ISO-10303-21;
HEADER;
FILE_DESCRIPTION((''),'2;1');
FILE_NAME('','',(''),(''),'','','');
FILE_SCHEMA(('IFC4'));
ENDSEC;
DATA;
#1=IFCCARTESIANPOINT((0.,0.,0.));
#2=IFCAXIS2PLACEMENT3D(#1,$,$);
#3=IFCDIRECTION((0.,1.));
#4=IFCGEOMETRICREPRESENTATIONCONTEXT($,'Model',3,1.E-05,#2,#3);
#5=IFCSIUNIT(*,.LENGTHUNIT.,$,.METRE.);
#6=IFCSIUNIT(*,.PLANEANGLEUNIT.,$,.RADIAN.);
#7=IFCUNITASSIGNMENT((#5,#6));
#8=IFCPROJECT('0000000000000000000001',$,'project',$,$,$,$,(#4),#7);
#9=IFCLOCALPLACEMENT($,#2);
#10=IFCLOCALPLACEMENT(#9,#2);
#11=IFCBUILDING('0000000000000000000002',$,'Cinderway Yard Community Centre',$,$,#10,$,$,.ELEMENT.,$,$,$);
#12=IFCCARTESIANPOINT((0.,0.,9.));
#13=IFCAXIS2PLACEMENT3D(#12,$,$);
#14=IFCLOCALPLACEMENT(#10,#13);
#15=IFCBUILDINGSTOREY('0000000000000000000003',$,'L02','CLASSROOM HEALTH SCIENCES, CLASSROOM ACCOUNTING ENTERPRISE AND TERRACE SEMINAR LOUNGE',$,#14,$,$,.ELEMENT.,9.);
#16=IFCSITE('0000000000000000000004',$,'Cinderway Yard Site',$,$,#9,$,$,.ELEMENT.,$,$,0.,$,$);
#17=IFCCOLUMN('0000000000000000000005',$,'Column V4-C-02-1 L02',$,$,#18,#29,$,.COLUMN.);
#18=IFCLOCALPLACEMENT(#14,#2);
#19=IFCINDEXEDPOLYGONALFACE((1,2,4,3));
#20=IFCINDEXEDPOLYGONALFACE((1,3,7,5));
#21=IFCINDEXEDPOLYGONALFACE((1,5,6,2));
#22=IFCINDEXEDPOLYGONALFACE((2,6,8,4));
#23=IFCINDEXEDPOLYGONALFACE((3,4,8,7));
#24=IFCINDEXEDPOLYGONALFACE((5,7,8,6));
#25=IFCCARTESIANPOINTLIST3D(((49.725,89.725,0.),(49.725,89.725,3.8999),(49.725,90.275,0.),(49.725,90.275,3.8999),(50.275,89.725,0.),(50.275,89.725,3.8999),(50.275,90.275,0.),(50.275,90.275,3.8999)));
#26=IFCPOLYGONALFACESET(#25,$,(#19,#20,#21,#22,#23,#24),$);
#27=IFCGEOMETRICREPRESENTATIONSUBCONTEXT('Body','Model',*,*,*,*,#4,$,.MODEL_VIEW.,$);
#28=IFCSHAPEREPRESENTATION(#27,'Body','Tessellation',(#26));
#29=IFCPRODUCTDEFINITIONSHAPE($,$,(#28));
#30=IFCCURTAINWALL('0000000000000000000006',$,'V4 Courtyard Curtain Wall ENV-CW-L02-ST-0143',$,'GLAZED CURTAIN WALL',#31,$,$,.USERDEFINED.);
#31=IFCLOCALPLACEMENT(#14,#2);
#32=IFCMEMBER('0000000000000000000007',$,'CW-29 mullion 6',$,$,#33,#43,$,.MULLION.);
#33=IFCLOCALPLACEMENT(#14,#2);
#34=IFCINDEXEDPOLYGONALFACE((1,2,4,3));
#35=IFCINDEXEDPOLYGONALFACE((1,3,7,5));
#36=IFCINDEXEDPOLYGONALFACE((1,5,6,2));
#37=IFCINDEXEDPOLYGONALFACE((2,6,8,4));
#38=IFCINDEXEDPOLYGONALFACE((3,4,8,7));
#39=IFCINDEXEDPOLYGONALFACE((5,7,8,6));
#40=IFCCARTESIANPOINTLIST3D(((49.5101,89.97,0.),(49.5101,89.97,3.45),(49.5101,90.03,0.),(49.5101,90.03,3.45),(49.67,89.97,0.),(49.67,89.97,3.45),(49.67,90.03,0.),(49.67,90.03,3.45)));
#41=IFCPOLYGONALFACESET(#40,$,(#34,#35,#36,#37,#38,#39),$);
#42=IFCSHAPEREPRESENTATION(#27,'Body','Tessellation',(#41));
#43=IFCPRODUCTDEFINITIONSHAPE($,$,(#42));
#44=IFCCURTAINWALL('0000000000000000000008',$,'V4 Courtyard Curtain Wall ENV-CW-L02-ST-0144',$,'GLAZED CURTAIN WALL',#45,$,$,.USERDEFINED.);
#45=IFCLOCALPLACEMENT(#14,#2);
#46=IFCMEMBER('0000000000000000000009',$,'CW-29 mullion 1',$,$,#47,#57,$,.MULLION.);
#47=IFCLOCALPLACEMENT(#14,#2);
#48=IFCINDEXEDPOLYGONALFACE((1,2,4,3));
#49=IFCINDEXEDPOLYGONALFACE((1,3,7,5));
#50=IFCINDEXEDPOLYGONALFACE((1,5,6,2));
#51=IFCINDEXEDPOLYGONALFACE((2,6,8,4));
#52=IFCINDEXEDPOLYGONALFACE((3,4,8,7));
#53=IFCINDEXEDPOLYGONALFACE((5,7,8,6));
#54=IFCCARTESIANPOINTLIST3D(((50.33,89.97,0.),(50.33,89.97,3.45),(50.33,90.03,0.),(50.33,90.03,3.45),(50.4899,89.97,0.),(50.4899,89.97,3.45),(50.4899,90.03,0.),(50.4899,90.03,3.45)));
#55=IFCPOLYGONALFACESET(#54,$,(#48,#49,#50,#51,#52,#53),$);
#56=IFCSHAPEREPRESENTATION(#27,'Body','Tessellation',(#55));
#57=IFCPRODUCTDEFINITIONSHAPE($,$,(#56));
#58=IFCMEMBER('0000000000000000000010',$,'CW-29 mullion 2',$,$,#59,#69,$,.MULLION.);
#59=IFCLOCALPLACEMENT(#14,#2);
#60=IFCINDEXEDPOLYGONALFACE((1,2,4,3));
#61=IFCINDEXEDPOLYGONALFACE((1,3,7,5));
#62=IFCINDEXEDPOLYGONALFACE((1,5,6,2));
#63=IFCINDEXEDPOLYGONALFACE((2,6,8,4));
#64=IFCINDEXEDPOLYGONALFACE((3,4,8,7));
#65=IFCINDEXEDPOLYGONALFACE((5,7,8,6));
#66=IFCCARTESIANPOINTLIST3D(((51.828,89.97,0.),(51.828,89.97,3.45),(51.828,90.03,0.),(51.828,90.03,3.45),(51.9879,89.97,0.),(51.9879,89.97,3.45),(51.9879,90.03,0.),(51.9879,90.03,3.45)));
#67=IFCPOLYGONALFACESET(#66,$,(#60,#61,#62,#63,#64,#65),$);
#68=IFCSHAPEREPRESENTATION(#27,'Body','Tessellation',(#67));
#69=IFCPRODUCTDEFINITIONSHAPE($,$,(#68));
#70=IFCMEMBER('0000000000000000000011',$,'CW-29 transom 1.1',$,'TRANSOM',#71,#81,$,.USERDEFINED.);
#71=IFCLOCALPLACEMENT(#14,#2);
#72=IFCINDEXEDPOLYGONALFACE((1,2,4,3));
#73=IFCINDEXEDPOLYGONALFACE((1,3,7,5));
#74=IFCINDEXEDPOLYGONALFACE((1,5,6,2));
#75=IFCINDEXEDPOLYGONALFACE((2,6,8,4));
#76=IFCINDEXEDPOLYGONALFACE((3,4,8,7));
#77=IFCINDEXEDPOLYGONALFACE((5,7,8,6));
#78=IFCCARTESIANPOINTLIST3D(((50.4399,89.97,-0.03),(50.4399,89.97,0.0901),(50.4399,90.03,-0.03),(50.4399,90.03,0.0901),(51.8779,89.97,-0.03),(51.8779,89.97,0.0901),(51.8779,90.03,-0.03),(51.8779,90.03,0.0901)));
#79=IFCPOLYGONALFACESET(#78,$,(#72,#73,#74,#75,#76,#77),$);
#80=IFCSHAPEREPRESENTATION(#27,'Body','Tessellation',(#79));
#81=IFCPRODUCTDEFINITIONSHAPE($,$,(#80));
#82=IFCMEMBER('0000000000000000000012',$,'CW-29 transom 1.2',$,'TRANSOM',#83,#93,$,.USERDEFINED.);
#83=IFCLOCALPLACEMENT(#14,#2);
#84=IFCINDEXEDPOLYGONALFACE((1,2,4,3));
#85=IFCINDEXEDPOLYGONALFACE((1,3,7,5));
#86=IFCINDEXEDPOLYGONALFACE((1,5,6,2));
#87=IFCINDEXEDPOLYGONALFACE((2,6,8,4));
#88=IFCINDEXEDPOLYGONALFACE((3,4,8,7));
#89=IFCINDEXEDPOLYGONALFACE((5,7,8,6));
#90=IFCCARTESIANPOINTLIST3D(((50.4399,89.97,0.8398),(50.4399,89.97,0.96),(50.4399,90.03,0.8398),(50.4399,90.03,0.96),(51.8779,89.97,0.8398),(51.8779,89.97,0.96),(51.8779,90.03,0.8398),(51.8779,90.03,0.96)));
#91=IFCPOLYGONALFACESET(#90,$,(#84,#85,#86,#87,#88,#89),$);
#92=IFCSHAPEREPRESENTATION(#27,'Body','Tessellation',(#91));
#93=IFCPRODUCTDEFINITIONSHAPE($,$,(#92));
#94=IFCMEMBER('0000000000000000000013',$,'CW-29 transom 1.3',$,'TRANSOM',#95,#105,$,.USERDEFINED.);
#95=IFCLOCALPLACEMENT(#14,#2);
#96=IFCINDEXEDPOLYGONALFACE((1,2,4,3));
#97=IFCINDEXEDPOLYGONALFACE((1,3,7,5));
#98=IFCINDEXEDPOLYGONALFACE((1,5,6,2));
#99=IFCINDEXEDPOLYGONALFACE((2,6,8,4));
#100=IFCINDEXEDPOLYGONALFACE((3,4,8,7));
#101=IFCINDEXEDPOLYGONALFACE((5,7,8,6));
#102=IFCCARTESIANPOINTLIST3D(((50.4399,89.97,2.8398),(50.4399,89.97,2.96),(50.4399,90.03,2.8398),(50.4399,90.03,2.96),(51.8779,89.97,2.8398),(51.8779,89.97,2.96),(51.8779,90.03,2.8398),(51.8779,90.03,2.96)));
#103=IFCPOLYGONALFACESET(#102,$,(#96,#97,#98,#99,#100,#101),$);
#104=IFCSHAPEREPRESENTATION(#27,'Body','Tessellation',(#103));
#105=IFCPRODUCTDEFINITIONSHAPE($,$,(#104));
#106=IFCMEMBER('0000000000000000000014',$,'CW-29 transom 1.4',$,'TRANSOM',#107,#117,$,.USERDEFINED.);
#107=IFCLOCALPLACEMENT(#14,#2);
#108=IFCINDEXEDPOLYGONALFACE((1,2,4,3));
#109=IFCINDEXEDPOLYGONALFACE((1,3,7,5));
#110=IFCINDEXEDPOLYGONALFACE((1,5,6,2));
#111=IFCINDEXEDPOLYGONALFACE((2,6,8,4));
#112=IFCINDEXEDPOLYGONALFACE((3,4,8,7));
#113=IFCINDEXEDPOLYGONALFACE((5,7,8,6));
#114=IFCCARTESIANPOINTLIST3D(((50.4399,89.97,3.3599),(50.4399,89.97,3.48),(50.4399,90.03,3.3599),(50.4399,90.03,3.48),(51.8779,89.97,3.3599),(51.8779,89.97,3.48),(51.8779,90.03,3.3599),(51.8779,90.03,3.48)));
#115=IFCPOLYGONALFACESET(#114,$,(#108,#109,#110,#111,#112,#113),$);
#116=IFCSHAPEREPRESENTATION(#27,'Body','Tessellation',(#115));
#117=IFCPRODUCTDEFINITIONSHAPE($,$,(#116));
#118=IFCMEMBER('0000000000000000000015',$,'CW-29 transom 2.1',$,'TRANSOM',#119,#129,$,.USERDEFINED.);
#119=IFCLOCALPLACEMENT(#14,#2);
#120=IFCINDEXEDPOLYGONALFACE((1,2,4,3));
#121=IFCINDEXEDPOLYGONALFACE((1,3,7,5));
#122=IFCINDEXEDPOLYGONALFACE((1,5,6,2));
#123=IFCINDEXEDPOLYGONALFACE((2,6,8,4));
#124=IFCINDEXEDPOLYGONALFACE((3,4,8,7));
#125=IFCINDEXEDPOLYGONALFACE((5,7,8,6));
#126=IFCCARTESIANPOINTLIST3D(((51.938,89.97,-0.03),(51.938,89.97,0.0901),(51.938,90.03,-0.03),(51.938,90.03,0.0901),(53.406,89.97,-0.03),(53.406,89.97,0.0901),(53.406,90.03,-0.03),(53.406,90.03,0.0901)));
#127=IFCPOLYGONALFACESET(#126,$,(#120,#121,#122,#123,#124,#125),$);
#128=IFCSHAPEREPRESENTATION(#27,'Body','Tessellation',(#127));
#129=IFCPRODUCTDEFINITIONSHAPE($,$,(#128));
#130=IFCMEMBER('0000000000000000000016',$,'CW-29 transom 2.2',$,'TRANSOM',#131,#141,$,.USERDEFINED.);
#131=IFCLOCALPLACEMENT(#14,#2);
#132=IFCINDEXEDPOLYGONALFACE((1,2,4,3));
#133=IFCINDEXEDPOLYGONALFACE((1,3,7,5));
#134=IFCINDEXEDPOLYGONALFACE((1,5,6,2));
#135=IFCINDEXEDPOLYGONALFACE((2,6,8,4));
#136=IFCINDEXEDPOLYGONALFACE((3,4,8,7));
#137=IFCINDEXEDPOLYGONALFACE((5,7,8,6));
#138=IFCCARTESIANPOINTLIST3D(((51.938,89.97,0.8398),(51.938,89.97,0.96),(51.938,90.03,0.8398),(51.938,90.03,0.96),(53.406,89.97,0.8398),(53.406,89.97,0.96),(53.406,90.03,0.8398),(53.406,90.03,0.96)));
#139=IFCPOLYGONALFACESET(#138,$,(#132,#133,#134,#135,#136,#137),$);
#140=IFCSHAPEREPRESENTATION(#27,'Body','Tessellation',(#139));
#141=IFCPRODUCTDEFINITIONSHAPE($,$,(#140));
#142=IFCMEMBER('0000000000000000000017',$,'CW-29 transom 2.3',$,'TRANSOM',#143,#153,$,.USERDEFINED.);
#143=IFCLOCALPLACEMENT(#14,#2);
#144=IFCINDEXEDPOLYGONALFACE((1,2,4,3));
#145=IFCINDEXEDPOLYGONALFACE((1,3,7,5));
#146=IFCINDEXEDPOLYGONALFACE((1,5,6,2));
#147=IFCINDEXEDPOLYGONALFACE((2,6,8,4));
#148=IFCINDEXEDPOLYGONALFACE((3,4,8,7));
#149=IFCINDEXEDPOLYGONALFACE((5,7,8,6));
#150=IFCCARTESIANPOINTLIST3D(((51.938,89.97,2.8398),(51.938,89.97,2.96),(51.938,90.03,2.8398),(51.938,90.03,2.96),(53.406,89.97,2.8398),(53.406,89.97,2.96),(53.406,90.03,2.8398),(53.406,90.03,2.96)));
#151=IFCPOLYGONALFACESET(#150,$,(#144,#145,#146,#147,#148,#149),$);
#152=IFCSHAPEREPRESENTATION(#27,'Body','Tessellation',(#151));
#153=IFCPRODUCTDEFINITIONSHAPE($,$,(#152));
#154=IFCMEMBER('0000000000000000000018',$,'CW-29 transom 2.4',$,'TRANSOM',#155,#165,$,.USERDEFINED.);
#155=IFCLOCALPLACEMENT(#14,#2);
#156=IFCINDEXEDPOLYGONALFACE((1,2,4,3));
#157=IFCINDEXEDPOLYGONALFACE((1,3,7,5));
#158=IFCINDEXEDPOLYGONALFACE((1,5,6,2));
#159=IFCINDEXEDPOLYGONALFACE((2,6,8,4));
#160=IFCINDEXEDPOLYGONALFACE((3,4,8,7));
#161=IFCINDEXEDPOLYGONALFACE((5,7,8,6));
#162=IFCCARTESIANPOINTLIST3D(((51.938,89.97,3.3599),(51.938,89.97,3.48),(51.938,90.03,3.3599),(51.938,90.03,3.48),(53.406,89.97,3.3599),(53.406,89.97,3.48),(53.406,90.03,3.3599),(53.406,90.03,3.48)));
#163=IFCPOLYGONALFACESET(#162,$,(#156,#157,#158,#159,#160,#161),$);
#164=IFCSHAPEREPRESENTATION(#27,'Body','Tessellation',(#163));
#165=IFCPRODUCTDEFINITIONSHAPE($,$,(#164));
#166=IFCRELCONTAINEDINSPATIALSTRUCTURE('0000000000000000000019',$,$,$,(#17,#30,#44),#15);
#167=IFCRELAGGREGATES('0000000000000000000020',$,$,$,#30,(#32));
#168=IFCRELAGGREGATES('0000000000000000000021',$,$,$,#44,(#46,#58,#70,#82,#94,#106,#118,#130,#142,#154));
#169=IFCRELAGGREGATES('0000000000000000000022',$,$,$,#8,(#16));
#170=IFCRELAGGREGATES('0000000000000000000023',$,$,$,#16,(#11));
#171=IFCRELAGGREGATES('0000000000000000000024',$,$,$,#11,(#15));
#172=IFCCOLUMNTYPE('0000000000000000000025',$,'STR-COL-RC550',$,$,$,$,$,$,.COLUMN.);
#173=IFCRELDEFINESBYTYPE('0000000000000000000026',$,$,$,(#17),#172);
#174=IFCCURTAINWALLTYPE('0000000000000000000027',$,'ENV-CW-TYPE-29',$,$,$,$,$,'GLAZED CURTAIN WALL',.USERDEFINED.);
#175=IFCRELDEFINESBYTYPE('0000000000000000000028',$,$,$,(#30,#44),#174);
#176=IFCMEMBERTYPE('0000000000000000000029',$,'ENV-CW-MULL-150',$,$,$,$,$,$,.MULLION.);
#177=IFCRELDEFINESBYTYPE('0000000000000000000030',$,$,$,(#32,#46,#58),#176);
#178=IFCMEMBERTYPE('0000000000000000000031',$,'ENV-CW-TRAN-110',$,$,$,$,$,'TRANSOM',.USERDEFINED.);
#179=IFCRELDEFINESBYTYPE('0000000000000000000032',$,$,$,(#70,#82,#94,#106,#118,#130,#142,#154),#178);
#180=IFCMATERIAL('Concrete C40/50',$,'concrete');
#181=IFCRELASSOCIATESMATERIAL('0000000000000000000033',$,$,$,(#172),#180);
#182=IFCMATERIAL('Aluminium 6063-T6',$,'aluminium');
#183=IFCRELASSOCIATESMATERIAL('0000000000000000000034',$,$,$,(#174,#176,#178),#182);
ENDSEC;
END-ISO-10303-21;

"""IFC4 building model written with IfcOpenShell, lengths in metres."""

from ifc_helpers import new_model, si_unit, direction, frame, origin, origin_2d, place, context, subcontext, project, spatial, rectangle, extrude, material, material_profile, profile_set, type_object, element, aggregate, save


model = new_model("IFC4")

# Units and contexts
model_context = context("Model", 3, precision=1e-05, world=origin(), true_north=direction((0.0, 1.0)))
body_context = subcontext(model_context, "Body", "Model", "MODEL_VIEW")
ifc_project = project(units=[si_unit("LENGTHUNIT", "METRE"), si_unit("PLANEANGLEUNIT", "RADIAN")], contexts=[model_context])

# Site, building, storey
site_placement = place(None, origin())
site = spatial("IfcSite", under=ifc_project, at=site_placement, Name="Cinderway Yard Site", CompositionType="ELEMENT", RefElevation=0.0)
building_placement = place(site_placement, origin())
building = spatial("IfcBuilding", under=site, at=building_placement, Name="Cinderway Yard Community Centre", CompositionType="ELEMENT")
storey_placement = place(building_placement, frame((0.0, 0.0, 9.0)))
storey = spatial("IfcBuildingStorey", under=building, at=storey_placement, Name="L02", Description="CLASSROOM HEALTH SCIENCES, CLASSROOM ACCOUNTING ENTERPRISE AND TERRACE SEMINAR LOUNGE", CompositionType="ELEMENT", Elevation=9.0)

# Column
ifc_material_1 = material(Name="Concrete C40/50", Category="concrete")
ifc_material_profile_1 = material_profile(ifc_material_1, rectangle(XDim=0.55, YDim=0.55, at=origin_2d()), Name="Concrete C40/50")
ifc_profile_set_1 = profile_set([ifc_material_profile_1], Name="Concrete C40/50")
column_type = type_object("IfcColumnType", Name="STR-COL-RC550", PredefinedType="COLUMN", material=ifc_profile_set_1)
column_placement = place(storey_placement, frame((50.0, 90.0, 0.0), z_axis=(0.0, 0.0, 1.0), x_axis=(1.0, 0.0, 0.0)))
element("IfcColumn", 1, at=column_placement, inside=storey, type_object=column_type, Name="Column V4-C-02-1 L02", PredefinedType="COLUMN", context=body_context, shape_type="SweptSolid", body=[
    extrude(rectangle(XDim=0.55, YDim=0.55, at=origin_2d()), origin(), (0.0, 0.0, 1.0), 3.8999),
])

# Curtain wall, member
ifc_material_2 = material(Name="Aluminium 6063-T6", Category="aluminium")
curtain_wall_type = type_object("IfcCurtainWallType", Name="ENV-CW-TYPE-29", ElementType="GLAZED CURTAIN WALL", PredefinedType="USERDEFINED", material=ifc_material_2)
curtain_wall_1_placement = place(storey_placement, origin())
curtain_wall_1 = element("IfcCurtainWall", 2, at=curtain_wall_1_placement, inside=storey, type_object=curtain_wall_type, Name="V4 Courtyard Curtain Wall ENV-CW-L02-ST-0143", ObjectType="GLAZED CURTAIN WALL", PredefinedType="USERDEFINED")
ifc_material_profile_2 = material_profile(ifc_material_2, rectangle(XDim=0.0601, YDim=0.1599, at=origin_2d()), Name="Aluminium 6063-T6")
ifc_profile_set_2 = profile_set([ifc_material_profile_2], Name="Aluminium 6063-T6")
member_type_1 = type_object("IfcMemberType", Name="ENV-CW-MULL-150", PredefinedType="MULLION", material=ifc_profile_set_2)
member_1_placement = place(storey_placement, frame((49.5901, 90.0, 0.0), z_axis=(0.0, 0.0, 1.0), x_axis=(0.0, 1.0, 0.0)))
member_1 = element("IfcMember", 3, at=member_1_placement, type_object=member_type_1, Name="CW-29 mullion 6", PredefinedType="MULLION", context=body_context, shape_type="SweptSolid", body=[
    extrude(rectangle(XDim=0.0601, YDim=0.1599, at=origin_2d()), origin(), (0.0, 0.0, 1.0), 3.45),
])
aggregate(curtain_wall_1, [member_1])

# Curtain wall, members
curtain_wall_2_placement = place(storey_placement, origin())
curtain_wall_2 = element("IfcCurtainWall", 4, at=curtain_wall_2_placement, inside=storey, type_object=curtain_wall_type, Name="V4 Courtyard Curtain Wall ENV-CW-L02-ST-0144", ObjectType="GLAZED CURTAIN WALL", PredefinedType="USERDEFINED")
member_2_placement = place(storey_placement, frame((50.4099, 90.0, 0.0), z_axis=(0.0, 0.0, 1.0), x_axis=(0.0, 1.0, 0.0)))
member_2 = element("IfcMember", 5, at=member_2_placement, type_object=member_type_1, Name="CW-29 mullion 1", PredefinedType="MULLION", context=body_context, shape_type="SweptSolid", body=[
    extrude(rectangle(XDim=0.0601, YDim=0.1599, at=origin_2d()), origin(), (0.0, 0.0, 1.0), 3.45),
])
member_3_placement = place(storey_placement, frame((51.908, 90.0, 0.0), z_axis=(0.0, 0.0, 1.0), x_axis=(0.0, 1.0, 0.0)))
member_3 = element("IfcMember", 6, at=member_3_placement, type_object=member_type_1, Name="CW-29 mullion 2", PredefinedType="MULLION", context=body_context, shape_type="SweptSolid", body=[
    extrude(rectangle(XDim=0.0601, YDim=0.1599, at=origin_2d()), origin(), (0.0, 0.0, 1.0), 3.45),
])
ifc_material_profile_3 = material_profile(ifc_material_2, rectangle(XDim=0.0601, YDim=0.1201, at=origin_2d()), Name="Aluminium 6063-T6")
ifc_profile_set_3 = profile_set([ifc_material_profile_3], Name="Aluminium 6063-T6")
member_type_2 = type_object("IfcMemberType", Name="ENV-CW-TRAN-110", ElementType="TRANSOM", PredefinedType="USERDEFINED", material=ifc_profile_set_3)
member_4_placement = place(storey_placement, frame((50.4399, 90.0, 0.03), z_axis=(1.0, 0.0, 0.0), x_axis=(0.0, 1.0, 0.0)))
member_4 = element("IfcMember", 7, at=member_4_placement, type_object=member_type_2, Name="CW-29 transom 1.1", ObjectType="TRANSOM", PredefinedType="USERDEFINED", context=body_context, shape_type="SweptSolid", body=[
    extrude(rectangle(XDim=0.0601, YDim=0.1201, at=origin_2d()), origin(), (0.0, 0.0, 1.0), 1.438),
])
member_5_placement = place(storey_placement, frame((50.4399, 90.0, 0.8999), z_axis=(1.0, 0.0, 0.0), x_axis=(0.0, 1.0, 0.0)))
member_5 = element("IfcMember", 8, at=member_5_placement, type_object=member_type_2, Name="CW-29 transom 1.2", ObjectType="TRANSOM", PredefinedType="USERDEFINED", context=body_context, shape_type="SweptSolid", body=[
    extrude(rectangle(XDim=0.0601, YDim=0.1201, at=origin_2d()), origin(), (0.0, 0.0, 1.0), 1.438),
])
member_6_placement = place(storey_placement, frame((50.4399, 90.0, 2.8999), z_axis=(1.0, 0.0, 0.0), x_axis=(0.0, 1.0, 0.0)))
member_6 = element("IfcMember", 9, at=member_6_placement, type_object=member_type_2, Name="CW-29 transom 1.3", ObjectType="TRANSOM", PredefinedType="USERDEFINED", context=body_context, shape_type="SweptSolid", body=[
    extrude(rectangle(XDim=0.0601, YDim=0.1201, at=origin_2d()), origin(), (0.0, 0.0, 1.0), 1.438),
])
member_7_placement = place(storey_placement, frame((50.4399, 90.0, 3.4199), z_axis=(1.0, 0.0, 0.0), x_axis=(0.0, 1.0, 0.0)))
member_7 = element("IfcMember", 10, at=member_7_placement, type_object=member_type_2, Name="CW-29 transom 1.4", ObjectType="TRANSOM", PredefinedType="USERDEFINED", context=body_context, shape_type="SweptSolid", body=[
    extrude(rectangle(XDim=0.0601, YDim=0.1201, at=origin_2d()), origin(), (0.0, 0.0, 1.0), 1.438),
])
member_8_placement = place(storey_placement, frame((51.938, 90.0, 0.03), z_axis=(1.0, 0.0, 0.0), x_axis=(0.0, 1.0, 0.0)))
member_8 = element("IfcMember", 11, at=member_8_placement, type_object=member_type_2, Name="CW-29 transom 2.1", ObjectType="TRANSOM", PredefinedType="USERDEFINED", context=body_context, shape_type="SweptSolid", body=[
    extrude(rectangle(XDim=0.0601, YDim=0.1201, at=origin_2d()), origin(), (0.0, 0.0, 1.0), 1.468),
])
member_9_placement = place(storey_placement, frame((51.938, 90.0, 0.8999), z_axis=(1.0, 0.0, 0.0), x_axis=(0.0, 1.0, 0.0)))
member_9 = element("IfcMember", 12, at=member_9_placement, type_object=member_type_2, Name="CW-29 transom 2.2", ObjectType="TRANSOM", PredefinedType="USERDEFINED", context=body_context, shape_type="SweptSolid", body=[
    extrude(rectangle(XDim=0.0601, YDim=0.1201, at=origin_2d()), origin(), (0.0, 0.0, 1.0), 1.468),
])
member_10_placement = place(storey_placement, frame((51.938, 90.0, 2.8999), z_axis=(1.0, 0.0, 0.0), x_axis=(0.0, 1.0, 0.0)))
member_10 = element("IfcMember", 13, at=member_10_placement, type_object=member_type_2, Name="CW-29 transom 2.3", ObjectType="TRANSOM", PredefinedType="USERDEFINED", context=body_context, shape_type="SweptSolid", body=[
    extrude(rectangle(XDim=0.0601, YDim=0.1201, at=origin_2d()), origin(), (0.0, 0.0, 1.0), 1.468),
])
member_11_placement = place(storey_placement, frame((51.938, 90.0, 3.4199), z_axis=(1.0, 0.0, 0.0), x_axis=(0.0, 1.0, 0.0)))
member_11 = element("IfcMember", 14, at=member_11_placement, type_object=member_type_2, Name="CW-29 transom 2.4", ObjectType="TRANSOM", PredefinedType="USERDEFINED", context=body_context, shape_type="SweptSolid", body=[
    extrude(rectangle(XDim=0.0601, YDim=0.1201, at=origin_2d()), origin(), (0.0, 0.0, 1.0), 1.468),
])

aggregate(curtain_wall_2, [member_2, member_3, member_4, member_5, member_6, member_7, member_8, member_9, member_10, member_11])

save(model, "model.ifc")
